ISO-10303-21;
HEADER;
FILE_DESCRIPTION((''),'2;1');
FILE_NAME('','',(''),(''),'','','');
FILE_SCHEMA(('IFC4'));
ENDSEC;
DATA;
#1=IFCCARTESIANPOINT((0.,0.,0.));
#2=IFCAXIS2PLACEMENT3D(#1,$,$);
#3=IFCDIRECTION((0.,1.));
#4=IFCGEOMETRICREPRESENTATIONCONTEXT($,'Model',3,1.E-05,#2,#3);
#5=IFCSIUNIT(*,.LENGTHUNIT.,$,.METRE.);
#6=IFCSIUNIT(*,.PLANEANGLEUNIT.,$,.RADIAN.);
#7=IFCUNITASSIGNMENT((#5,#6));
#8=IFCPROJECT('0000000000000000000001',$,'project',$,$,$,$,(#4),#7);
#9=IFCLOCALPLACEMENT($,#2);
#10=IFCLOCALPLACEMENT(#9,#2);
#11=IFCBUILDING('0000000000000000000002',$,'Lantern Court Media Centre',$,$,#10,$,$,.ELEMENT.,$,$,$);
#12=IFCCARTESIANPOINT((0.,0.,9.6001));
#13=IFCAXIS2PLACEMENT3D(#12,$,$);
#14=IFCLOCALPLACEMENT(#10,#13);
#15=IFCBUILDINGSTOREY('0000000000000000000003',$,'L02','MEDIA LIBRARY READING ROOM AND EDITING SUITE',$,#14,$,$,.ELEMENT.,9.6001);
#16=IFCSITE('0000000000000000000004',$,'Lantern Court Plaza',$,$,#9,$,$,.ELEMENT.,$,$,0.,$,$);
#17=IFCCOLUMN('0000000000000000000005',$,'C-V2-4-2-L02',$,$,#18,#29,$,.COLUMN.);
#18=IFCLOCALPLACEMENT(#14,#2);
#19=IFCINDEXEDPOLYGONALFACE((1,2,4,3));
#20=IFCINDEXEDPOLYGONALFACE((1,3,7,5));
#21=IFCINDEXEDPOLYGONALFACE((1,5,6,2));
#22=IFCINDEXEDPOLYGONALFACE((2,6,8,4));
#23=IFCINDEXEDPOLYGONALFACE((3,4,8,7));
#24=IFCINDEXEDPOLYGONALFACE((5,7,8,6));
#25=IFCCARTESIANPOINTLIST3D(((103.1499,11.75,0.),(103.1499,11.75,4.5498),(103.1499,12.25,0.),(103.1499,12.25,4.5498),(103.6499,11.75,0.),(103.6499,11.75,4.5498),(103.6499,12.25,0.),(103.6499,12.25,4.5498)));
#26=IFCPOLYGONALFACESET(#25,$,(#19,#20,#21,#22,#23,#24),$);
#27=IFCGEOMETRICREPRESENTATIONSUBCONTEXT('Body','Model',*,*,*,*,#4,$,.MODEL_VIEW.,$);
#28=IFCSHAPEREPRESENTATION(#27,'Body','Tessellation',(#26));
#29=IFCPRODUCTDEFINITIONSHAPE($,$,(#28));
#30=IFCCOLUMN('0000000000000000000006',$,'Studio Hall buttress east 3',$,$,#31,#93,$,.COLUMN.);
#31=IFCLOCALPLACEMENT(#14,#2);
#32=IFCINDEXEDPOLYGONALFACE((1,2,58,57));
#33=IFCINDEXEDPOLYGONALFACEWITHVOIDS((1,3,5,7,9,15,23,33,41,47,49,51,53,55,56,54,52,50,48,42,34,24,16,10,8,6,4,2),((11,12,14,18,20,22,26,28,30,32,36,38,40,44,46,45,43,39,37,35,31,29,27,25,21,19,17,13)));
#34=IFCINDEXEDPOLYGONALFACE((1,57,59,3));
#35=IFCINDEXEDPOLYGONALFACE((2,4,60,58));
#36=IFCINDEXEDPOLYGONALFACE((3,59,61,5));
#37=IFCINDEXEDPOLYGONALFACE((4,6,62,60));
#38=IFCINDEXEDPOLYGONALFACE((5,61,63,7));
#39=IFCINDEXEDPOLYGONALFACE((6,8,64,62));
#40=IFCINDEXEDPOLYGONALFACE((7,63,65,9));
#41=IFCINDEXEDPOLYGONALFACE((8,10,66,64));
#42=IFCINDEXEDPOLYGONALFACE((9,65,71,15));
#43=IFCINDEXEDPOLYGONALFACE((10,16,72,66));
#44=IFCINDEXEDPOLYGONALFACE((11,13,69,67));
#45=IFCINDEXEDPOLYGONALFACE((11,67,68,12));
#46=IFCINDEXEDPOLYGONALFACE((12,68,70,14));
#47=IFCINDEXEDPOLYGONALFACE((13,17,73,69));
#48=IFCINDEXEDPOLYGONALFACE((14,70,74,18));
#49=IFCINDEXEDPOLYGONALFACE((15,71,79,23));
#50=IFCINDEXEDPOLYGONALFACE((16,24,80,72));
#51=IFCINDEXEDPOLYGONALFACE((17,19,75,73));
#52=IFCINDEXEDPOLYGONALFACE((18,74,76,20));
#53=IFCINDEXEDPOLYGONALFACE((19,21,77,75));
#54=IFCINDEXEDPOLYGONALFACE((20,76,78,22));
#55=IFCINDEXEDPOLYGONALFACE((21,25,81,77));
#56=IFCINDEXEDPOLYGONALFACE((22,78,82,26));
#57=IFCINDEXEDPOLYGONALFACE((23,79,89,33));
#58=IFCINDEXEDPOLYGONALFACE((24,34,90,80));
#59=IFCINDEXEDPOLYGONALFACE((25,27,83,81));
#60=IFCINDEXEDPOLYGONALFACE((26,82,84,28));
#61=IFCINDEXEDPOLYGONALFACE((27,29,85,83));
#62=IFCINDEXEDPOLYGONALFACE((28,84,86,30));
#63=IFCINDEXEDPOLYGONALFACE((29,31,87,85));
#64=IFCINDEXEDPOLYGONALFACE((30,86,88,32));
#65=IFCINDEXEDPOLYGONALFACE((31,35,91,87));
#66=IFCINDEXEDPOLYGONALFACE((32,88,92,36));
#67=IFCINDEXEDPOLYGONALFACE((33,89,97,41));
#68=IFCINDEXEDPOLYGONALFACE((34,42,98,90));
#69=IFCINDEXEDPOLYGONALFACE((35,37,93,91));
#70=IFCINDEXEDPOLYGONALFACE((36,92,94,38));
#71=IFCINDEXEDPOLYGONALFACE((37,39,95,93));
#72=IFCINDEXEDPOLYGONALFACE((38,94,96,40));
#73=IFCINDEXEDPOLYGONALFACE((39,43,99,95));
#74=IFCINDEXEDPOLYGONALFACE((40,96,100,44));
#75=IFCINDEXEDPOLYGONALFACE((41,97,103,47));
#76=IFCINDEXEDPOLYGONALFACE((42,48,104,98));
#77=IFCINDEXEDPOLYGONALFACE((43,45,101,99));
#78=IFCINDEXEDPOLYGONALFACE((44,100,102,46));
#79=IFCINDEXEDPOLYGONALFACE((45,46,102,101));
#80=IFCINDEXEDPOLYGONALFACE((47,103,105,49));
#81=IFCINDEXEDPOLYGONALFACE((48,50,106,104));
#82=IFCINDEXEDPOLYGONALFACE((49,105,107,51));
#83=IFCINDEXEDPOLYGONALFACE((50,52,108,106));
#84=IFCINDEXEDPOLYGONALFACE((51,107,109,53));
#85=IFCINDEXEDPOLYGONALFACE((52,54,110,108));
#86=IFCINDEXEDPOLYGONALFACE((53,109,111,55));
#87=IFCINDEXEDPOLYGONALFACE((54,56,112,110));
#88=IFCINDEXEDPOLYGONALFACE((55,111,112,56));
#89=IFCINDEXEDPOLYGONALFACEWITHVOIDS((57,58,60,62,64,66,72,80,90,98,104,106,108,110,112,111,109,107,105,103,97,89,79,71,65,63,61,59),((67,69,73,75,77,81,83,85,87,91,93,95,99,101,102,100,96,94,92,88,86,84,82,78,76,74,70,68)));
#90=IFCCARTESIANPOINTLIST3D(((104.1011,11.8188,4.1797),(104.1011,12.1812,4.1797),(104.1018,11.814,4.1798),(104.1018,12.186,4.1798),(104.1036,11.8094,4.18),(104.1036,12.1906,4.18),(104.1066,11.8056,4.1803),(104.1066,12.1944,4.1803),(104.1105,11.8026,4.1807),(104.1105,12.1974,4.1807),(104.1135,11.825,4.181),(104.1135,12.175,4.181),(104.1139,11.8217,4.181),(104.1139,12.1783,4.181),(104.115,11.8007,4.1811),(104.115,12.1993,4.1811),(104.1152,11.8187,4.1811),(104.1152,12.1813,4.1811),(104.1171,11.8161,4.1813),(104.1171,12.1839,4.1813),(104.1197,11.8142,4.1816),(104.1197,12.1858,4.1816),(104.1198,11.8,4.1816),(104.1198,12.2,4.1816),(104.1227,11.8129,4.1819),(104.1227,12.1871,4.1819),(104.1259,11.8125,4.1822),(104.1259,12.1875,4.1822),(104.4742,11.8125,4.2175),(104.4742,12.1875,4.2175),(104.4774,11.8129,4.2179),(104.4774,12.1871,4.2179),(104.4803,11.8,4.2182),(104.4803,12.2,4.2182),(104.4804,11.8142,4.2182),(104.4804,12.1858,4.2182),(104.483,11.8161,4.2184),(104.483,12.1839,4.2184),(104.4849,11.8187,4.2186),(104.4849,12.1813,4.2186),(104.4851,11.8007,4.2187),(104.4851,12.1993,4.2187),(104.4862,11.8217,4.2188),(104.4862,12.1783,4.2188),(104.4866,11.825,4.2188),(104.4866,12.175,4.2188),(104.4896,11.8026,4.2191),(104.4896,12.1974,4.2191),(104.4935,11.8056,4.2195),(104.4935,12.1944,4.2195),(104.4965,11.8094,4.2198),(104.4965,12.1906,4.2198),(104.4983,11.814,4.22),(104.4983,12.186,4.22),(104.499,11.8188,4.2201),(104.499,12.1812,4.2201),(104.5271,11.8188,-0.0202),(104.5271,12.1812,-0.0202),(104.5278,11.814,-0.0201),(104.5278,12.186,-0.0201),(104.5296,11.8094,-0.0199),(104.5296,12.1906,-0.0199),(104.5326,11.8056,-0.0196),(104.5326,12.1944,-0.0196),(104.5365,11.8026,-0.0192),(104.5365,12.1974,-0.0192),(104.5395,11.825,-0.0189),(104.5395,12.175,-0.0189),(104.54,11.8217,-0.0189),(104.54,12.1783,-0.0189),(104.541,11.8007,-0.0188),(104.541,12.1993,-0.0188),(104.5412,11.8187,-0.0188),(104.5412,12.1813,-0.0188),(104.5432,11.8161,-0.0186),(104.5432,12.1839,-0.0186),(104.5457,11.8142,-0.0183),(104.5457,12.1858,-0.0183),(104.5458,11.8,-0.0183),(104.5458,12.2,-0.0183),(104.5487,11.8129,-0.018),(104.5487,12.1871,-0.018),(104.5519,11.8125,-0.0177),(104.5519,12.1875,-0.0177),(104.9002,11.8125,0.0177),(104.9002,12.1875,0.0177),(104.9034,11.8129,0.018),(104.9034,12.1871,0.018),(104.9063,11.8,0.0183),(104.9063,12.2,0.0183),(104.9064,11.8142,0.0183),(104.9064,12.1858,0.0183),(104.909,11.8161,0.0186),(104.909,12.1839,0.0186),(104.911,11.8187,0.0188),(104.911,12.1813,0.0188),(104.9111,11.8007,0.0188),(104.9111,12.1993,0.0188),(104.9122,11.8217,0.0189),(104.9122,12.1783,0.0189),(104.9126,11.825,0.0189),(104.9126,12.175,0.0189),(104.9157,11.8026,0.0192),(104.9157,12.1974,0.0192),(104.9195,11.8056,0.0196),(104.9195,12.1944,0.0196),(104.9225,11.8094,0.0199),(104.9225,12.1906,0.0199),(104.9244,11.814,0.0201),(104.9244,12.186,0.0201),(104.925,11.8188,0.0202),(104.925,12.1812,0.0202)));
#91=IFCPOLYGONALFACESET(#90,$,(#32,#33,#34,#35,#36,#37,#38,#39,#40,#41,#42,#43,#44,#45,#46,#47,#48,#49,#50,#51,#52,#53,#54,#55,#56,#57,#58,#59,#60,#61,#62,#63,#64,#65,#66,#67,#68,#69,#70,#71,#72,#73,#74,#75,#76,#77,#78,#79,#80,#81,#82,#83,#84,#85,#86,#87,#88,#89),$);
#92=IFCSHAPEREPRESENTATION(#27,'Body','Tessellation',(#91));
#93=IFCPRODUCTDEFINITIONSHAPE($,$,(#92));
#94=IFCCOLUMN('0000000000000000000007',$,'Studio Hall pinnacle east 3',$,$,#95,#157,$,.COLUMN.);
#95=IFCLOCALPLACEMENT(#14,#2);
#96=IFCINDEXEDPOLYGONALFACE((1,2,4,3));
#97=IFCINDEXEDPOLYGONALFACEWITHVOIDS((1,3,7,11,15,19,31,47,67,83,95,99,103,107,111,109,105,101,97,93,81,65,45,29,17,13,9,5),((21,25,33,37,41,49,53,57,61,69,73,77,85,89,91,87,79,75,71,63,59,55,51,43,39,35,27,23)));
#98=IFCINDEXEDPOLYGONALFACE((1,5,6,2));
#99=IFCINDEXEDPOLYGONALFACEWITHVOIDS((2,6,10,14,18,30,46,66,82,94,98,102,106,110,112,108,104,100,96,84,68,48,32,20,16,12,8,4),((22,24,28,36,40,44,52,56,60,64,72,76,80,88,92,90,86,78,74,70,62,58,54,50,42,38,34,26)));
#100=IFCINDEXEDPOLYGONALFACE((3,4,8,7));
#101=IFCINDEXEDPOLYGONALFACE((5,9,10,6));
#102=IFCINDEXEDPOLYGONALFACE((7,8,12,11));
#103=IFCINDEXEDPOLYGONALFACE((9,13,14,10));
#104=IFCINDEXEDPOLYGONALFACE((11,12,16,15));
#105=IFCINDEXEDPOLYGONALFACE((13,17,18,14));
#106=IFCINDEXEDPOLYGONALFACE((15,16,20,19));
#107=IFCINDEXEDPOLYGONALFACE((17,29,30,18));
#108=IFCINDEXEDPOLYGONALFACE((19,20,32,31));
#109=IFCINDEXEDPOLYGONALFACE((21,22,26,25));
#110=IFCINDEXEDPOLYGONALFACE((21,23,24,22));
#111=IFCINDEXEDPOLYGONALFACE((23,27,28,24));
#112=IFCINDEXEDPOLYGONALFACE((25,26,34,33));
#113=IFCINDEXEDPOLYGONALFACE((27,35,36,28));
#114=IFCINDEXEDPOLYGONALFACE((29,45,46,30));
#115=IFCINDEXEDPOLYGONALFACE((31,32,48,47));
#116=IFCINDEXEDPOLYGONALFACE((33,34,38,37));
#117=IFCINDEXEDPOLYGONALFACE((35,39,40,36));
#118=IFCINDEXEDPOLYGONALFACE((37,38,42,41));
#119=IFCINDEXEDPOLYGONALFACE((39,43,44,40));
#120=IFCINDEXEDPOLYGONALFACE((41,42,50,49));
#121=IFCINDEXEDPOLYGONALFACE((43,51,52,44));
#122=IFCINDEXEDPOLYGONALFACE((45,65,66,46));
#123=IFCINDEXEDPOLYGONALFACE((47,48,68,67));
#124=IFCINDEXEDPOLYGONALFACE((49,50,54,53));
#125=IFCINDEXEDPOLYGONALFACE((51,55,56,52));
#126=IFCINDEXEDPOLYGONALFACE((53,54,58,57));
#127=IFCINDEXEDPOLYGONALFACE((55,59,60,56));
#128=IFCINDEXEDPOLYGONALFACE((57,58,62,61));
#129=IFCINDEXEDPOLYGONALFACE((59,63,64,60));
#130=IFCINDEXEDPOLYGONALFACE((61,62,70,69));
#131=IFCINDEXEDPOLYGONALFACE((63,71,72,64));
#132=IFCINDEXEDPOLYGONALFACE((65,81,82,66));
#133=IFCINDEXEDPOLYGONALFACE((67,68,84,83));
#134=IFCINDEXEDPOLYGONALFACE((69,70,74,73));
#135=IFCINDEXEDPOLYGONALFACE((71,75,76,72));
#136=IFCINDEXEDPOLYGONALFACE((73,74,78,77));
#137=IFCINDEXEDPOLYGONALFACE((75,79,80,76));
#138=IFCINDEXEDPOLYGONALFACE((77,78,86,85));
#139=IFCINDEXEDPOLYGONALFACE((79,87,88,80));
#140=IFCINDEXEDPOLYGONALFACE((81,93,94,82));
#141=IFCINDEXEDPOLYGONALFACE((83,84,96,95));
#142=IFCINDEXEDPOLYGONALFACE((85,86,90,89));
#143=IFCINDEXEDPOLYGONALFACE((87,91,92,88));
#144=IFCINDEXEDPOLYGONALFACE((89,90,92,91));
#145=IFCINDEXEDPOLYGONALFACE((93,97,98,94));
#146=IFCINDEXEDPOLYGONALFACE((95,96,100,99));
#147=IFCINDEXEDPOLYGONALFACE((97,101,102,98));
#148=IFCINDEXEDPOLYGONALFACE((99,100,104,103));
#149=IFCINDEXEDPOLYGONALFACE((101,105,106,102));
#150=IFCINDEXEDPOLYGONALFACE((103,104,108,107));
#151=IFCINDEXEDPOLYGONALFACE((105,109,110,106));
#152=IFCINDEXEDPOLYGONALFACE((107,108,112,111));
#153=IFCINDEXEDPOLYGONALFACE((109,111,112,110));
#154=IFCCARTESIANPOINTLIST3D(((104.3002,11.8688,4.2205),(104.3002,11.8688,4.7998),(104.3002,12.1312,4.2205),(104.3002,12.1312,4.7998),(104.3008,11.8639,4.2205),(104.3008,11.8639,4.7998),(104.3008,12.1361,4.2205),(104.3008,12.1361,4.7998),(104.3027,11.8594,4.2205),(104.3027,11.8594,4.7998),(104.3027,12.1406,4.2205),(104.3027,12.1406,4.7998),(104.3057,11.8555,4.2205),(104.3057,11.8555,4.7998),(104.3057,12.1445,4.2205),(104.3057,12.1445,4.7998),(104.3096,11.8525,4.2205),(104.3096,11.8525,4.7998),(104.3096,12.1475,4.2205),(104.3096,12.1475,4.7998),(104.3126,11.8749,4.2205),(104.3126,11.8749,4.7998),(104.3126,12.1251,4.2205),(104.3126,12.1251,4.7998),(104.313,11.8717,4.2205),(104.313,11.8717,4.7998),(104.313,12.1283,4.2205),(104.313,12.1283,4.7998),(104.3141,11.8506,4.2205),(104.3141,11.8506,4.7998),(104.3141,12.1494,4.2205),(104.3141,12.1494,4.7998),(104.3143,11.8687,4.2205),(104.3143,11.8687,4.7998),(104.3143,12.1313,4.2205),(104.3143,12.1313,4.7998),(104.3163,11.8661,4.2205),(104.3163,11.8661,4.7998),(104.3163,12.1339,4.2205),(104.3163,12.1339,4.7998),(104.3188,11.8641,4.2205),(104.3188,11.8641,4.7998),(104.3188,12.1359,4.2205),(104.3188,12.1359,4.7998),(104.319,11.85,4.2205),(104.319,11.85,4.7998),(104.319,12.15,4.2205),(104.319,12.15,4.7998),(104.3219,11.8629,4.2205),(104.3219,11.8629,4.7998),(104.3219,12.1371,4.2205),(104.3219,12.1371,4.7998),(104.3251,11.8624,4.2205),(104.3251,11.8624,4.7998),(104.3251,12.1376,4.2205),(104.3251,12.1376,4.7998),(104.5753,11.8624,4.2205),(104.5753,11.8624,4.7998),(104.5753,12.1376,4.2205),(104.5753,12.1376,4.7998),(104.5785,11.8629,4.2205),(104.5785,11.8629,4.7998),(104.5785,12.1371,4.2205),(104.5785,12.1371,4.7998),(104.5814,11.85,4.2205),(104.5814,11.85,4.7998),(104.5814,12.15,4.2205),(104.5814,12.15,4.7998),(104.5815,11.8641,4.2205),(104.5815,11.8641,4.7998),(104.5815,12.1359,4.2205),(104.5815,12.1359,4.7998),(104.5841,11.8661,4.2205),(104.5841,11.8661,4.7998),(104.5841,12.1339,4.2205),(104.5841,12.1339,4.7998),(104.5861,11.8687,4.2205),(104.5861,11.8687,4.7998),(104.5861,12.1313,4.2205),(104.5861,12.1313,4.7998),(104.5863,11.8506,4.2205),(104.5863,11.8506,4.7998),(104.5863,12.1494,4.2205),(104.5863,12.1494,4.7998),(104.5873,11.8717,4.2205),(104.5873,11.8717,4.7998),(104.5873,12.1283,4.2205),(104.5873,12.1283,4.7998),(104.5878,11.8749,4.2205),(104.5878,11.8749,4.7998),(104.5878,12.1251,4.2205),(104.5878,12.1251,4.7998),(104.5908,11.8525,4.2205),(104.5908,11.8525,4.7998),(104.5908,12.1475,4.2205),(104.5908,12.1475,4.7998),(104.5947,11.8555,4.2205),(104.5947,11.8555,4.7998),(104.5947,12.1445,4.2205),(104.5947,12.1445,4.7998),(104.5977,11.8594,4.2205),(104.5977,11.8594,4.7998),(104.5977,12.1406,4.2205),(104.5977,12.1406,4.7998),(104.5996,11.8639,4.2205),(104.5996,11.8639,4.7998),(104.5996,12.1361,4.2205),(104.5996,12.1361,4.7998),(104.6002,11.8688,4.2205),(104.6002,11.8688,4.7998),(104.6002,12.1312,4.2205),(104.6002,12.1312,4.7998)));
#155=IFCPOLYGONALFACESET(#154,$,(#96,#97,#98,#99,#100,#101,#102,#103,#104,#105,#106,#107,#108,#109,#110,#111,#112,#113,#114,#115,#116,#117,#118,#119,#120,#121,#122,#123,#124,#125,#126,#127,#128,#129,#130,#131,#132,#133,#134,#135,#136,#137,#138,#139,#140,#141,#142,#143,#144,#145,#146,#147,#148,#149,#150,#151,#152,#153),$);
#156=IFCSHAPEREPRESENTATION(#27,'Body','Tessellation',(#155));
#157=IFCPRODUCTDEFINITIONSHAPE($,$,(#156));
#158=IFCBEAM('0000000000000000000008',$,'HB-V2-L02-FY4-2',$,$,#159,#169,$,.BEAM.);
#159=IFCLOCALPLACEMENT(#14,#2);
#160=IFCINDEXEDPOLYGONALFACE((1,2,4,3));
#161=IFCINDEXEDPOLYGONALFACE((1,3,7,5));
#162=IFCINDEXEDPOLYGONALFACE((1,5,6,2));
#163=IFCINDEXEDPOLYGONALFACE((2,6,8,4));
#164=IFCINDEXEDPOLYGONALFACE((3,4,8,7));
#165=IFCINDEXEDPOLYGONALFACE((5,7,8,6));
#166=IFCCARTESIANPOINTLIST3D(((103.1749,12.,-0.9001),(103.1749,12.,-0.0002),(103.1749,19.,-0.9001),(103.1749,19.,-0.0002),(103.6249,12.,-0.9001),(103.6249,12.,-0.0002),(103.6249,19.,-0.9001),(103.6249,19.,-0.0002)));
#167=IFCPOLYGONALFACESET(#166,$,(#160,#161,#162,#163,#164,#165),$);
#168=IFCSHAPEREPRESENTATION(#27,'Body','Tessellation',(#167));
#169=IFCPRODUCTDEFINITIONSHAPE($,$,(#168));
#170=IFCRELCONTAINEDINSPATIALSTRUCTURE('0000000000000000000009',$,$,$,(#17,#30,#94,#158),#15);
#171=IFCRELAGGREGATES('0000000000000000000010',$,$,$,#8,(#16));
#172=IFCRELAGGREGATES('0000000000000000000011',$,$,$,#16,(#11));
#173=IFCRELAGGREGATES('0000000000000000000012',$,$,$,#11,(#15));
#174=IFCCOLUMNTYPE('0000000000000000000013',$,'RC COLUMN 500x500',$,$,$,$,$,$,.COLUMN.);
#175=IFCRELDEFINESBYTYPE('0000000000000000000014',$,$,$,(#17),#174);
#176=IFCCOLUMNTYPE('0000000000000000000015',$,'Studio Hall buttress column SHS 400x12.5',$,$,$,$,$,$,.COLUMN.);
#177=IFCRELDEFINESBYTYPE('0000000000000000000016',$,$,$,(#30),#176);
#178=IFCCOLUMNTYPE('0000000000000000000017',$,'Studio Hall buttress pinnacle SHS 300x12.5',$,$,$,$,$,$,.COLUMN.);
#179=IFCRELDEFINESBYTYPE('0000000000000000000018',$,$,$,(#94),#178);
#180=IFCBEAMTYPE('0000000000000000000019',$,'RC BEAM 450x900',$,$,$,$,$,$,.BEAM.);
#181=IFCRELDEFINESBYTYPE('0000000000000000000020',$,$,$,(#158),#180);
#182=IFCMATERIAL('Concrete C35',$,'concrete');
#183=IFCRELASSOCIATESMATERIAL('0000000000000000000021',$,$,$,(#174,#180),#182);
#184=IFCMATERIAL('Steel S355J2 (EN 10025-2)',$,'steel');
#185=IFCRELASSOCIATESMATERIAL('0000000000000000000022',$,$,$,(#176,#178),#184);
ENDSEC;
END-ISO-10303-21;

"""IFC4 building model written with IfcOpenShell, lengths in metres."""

from ifc_helpers import new_model, si_unit, direction, frame, origin, origin_2d, place, context, subcontext, project, spatial, rectangle, hollow_rectangle, extrude, material, material_profile, profile_set, type_object, element, save


model = new_model("IFC4")

# Units and contexts
model_context = context("Model", 3, precision=1e-05, world=origin(), true_north=direction((0.0, 1.0)))
body_context = subcontext(model_context, "Body", "Model", "MODEL_VIEW")
ifc_project = project(units=[si_unit("LENGTHUNIT", "METRE"), si_unit("PLANEANGLEUNIT", "RADIAN")], contexts=[model_context])

# Site, building, storey
site_placement = place(None, origin())
site = spatial("IfcSite", under=ifc_project, at=site_placement, Name="Lantern Court Plaza", CompositionType="ELEMENT", RefElevation=0.0)
building_placement = place(site_placement, origin())
building = spatial("IfcBuilding", under=site, at=building_placement, Name="Lantern Court Media Centre", CompositionType="ELEMENT")
storey_placement = place(building_placement, frame((0.0, 0.0, 9.6001)))
storey = spatial("IfcBuildingStorey", under=building, at=storey_placement, Name="L02", Description="MEDIA LIBRARY READING ROOM AND EDITING SUITE", CompositionType="ELEMENT", Elevation=9.6001)

# Columns
ifc_material_1 = material(Name="Concrete C35", Category="concrete")
ifc_material_profile_1 = material_profile(ifc_material_1, rectangle(XDim=0.5, YDim=0.5, at=origin_2d()), Name="RC 500x500")
ifc_profile_set_1 = profile_set([ifc_material_profile_1], Name="Concrete C35")
column_type_1 = type_object("IfcColumnType", Name="RC COLUMN 500x500", PredefinedType="COLUMN", material=ifc_profile_set_1)
column_1_placement = place(storey_placement, frame((103.3999, 12.0, 0.0), z_axis=(0.0, 0.0, 1.0), x_axis=(1.0, 0.0, 0.0)))
element("IfcColumn", 1, at=column_1_placement, inside=storey, type_object=column_type_1, Name="C-V2-4-2-L02", PredefinedType="COLUMN", context=body_context, shape_type="SweptSolid", body=[
    extrude(rectangle(XDim=0.5, YDim=0.5, at=origin_2d()), origin(), (0.0, 0.0, 1.0), 4.5498),
])
ifc_material_2 = material(Name="Steel S355J2 (EN 10025-2)", Category="steel")
ifc_material_profile_2 = material_profile(ifc_material_2, hollow_rectangle(XDim=0.3999, YDim=0.3999, WallThickness=0.0125, InnerFilletRadius=0.0125, OuterFilletRadius=0.0188, at=origin_2d()), Name="Studio Hall buttress column SHS 400x12.5")
ifc_profile_set_2 = profile_set([ifc_material_profile_2], Name="Steel S355J2 (EN 10025-2)")
column_type_2 = type_object("IfcColumnType", Name="Studio Hall buttress column SHS 400x12.5", PredefinedType="COLUMN", material=ifc_profile_set_2)
column_2_placement = place(storey_placement, frame((104.7261, 12.0, 0.0), z_axis=(-0.100918, 0.0, 0.994895), x_axis=(0.0, -1.0, 0.0)))
element("IfcColumn", 2, at=column_2_placement, inside=storey, type_object=column_type_2, Name="Studio Hall buttress east 3", PredefinedType="COLUMN", context=body_context, shape_type="SweptSolid", body=[
    extrude(hollow_rectangle(XDim=0.3999, YDim=0.3999, WallThickness=0.0125, InnerFilletRadius=0.0125, OuterFilletRadius=0.0188, at=origin_2d()), origin(), (0.0, 0.0, 1.0), 4.2214),
])
ifc_material_profile_3 = material_profile(ifc_material_2, hollow_rectangle(XDim=0.3, YDim=0.3, WallThickness=0.0125, InnerFilletRadius=0.0125, OuterFilletRadius=0.0188, at=origin_2d()), Name="Studio Hall buttress pinnacle SHS 300x12.5")
ifc_profile_set_3 = profile_set([ifc_material_profile_3], Name="Steel S355J2 (EN 10025-2)")
column_type_3 = type_object("IfcColumnType", Name="Studio Hall buttress pinnacle SHS 300x12.5", PredefinedType="COLUMN", material=ifc_profile_set_3)
column_3_placement = place(storey_placement, frame((104.4502, 12.0, 4.2205), z_axis=(0.0, 0.0, 1.0), x_axis=(1.0, 0.0, 0.0)))
element("IfcColumn", 3, at=column_3_placement, inside=storey, type_object=column_type_3, Name="Studio Hall pinnacle east 3", PredefinedType="COLUMN", context=body_context, shape_type="SweptSolid", body=[
    extrude(hollow_rectangle(XDim=0.3, YDim=0.3, WallThickness=0.0125, InnerFilletRadius=0.0125, OuterFilletRadius=0.0188, at=origin_2d()), origin(), (0.0, 0.0, 1.0), 0.5793),
])

# Beam
ifc_material_profile_4 = material_profile(ifc_material_1, rectangle(XDim=0.45, YDim=0.8999, at=origin_2d()), Name="RC 450x900")
ifc_profile_set_4 = profile_set([ifc_material_profile_4], Name="Concrete C35")
beam_type_1 = type_object("IfcBeamType", Name="RC BEAM 450x900", PredefinedType="BEAM", material=ifc_profile_set_4)
beam_1_placement = place(storey_placement, frame((103.3999, 12.0, -0.4502), z_axis=(0.0, 1.0, 0.0), x_axis=(-1.0, 0.0, 0.0)))
element("IfcBeam", 4, at=beam_1_placement, inside=storey, type_object=beam_type_1, Name="HB-V2-L02-FY4-2", PredefinedType="BEAM", context=body_context, shape_type="SweptSolid", body=[
    extrude(rectangle(XDim=0.45, YDim=0.8999, at=origin_2d()), origin(), (0.0, 0.0, 1.0), 7.0),
])

save(model, "model.ifc")
